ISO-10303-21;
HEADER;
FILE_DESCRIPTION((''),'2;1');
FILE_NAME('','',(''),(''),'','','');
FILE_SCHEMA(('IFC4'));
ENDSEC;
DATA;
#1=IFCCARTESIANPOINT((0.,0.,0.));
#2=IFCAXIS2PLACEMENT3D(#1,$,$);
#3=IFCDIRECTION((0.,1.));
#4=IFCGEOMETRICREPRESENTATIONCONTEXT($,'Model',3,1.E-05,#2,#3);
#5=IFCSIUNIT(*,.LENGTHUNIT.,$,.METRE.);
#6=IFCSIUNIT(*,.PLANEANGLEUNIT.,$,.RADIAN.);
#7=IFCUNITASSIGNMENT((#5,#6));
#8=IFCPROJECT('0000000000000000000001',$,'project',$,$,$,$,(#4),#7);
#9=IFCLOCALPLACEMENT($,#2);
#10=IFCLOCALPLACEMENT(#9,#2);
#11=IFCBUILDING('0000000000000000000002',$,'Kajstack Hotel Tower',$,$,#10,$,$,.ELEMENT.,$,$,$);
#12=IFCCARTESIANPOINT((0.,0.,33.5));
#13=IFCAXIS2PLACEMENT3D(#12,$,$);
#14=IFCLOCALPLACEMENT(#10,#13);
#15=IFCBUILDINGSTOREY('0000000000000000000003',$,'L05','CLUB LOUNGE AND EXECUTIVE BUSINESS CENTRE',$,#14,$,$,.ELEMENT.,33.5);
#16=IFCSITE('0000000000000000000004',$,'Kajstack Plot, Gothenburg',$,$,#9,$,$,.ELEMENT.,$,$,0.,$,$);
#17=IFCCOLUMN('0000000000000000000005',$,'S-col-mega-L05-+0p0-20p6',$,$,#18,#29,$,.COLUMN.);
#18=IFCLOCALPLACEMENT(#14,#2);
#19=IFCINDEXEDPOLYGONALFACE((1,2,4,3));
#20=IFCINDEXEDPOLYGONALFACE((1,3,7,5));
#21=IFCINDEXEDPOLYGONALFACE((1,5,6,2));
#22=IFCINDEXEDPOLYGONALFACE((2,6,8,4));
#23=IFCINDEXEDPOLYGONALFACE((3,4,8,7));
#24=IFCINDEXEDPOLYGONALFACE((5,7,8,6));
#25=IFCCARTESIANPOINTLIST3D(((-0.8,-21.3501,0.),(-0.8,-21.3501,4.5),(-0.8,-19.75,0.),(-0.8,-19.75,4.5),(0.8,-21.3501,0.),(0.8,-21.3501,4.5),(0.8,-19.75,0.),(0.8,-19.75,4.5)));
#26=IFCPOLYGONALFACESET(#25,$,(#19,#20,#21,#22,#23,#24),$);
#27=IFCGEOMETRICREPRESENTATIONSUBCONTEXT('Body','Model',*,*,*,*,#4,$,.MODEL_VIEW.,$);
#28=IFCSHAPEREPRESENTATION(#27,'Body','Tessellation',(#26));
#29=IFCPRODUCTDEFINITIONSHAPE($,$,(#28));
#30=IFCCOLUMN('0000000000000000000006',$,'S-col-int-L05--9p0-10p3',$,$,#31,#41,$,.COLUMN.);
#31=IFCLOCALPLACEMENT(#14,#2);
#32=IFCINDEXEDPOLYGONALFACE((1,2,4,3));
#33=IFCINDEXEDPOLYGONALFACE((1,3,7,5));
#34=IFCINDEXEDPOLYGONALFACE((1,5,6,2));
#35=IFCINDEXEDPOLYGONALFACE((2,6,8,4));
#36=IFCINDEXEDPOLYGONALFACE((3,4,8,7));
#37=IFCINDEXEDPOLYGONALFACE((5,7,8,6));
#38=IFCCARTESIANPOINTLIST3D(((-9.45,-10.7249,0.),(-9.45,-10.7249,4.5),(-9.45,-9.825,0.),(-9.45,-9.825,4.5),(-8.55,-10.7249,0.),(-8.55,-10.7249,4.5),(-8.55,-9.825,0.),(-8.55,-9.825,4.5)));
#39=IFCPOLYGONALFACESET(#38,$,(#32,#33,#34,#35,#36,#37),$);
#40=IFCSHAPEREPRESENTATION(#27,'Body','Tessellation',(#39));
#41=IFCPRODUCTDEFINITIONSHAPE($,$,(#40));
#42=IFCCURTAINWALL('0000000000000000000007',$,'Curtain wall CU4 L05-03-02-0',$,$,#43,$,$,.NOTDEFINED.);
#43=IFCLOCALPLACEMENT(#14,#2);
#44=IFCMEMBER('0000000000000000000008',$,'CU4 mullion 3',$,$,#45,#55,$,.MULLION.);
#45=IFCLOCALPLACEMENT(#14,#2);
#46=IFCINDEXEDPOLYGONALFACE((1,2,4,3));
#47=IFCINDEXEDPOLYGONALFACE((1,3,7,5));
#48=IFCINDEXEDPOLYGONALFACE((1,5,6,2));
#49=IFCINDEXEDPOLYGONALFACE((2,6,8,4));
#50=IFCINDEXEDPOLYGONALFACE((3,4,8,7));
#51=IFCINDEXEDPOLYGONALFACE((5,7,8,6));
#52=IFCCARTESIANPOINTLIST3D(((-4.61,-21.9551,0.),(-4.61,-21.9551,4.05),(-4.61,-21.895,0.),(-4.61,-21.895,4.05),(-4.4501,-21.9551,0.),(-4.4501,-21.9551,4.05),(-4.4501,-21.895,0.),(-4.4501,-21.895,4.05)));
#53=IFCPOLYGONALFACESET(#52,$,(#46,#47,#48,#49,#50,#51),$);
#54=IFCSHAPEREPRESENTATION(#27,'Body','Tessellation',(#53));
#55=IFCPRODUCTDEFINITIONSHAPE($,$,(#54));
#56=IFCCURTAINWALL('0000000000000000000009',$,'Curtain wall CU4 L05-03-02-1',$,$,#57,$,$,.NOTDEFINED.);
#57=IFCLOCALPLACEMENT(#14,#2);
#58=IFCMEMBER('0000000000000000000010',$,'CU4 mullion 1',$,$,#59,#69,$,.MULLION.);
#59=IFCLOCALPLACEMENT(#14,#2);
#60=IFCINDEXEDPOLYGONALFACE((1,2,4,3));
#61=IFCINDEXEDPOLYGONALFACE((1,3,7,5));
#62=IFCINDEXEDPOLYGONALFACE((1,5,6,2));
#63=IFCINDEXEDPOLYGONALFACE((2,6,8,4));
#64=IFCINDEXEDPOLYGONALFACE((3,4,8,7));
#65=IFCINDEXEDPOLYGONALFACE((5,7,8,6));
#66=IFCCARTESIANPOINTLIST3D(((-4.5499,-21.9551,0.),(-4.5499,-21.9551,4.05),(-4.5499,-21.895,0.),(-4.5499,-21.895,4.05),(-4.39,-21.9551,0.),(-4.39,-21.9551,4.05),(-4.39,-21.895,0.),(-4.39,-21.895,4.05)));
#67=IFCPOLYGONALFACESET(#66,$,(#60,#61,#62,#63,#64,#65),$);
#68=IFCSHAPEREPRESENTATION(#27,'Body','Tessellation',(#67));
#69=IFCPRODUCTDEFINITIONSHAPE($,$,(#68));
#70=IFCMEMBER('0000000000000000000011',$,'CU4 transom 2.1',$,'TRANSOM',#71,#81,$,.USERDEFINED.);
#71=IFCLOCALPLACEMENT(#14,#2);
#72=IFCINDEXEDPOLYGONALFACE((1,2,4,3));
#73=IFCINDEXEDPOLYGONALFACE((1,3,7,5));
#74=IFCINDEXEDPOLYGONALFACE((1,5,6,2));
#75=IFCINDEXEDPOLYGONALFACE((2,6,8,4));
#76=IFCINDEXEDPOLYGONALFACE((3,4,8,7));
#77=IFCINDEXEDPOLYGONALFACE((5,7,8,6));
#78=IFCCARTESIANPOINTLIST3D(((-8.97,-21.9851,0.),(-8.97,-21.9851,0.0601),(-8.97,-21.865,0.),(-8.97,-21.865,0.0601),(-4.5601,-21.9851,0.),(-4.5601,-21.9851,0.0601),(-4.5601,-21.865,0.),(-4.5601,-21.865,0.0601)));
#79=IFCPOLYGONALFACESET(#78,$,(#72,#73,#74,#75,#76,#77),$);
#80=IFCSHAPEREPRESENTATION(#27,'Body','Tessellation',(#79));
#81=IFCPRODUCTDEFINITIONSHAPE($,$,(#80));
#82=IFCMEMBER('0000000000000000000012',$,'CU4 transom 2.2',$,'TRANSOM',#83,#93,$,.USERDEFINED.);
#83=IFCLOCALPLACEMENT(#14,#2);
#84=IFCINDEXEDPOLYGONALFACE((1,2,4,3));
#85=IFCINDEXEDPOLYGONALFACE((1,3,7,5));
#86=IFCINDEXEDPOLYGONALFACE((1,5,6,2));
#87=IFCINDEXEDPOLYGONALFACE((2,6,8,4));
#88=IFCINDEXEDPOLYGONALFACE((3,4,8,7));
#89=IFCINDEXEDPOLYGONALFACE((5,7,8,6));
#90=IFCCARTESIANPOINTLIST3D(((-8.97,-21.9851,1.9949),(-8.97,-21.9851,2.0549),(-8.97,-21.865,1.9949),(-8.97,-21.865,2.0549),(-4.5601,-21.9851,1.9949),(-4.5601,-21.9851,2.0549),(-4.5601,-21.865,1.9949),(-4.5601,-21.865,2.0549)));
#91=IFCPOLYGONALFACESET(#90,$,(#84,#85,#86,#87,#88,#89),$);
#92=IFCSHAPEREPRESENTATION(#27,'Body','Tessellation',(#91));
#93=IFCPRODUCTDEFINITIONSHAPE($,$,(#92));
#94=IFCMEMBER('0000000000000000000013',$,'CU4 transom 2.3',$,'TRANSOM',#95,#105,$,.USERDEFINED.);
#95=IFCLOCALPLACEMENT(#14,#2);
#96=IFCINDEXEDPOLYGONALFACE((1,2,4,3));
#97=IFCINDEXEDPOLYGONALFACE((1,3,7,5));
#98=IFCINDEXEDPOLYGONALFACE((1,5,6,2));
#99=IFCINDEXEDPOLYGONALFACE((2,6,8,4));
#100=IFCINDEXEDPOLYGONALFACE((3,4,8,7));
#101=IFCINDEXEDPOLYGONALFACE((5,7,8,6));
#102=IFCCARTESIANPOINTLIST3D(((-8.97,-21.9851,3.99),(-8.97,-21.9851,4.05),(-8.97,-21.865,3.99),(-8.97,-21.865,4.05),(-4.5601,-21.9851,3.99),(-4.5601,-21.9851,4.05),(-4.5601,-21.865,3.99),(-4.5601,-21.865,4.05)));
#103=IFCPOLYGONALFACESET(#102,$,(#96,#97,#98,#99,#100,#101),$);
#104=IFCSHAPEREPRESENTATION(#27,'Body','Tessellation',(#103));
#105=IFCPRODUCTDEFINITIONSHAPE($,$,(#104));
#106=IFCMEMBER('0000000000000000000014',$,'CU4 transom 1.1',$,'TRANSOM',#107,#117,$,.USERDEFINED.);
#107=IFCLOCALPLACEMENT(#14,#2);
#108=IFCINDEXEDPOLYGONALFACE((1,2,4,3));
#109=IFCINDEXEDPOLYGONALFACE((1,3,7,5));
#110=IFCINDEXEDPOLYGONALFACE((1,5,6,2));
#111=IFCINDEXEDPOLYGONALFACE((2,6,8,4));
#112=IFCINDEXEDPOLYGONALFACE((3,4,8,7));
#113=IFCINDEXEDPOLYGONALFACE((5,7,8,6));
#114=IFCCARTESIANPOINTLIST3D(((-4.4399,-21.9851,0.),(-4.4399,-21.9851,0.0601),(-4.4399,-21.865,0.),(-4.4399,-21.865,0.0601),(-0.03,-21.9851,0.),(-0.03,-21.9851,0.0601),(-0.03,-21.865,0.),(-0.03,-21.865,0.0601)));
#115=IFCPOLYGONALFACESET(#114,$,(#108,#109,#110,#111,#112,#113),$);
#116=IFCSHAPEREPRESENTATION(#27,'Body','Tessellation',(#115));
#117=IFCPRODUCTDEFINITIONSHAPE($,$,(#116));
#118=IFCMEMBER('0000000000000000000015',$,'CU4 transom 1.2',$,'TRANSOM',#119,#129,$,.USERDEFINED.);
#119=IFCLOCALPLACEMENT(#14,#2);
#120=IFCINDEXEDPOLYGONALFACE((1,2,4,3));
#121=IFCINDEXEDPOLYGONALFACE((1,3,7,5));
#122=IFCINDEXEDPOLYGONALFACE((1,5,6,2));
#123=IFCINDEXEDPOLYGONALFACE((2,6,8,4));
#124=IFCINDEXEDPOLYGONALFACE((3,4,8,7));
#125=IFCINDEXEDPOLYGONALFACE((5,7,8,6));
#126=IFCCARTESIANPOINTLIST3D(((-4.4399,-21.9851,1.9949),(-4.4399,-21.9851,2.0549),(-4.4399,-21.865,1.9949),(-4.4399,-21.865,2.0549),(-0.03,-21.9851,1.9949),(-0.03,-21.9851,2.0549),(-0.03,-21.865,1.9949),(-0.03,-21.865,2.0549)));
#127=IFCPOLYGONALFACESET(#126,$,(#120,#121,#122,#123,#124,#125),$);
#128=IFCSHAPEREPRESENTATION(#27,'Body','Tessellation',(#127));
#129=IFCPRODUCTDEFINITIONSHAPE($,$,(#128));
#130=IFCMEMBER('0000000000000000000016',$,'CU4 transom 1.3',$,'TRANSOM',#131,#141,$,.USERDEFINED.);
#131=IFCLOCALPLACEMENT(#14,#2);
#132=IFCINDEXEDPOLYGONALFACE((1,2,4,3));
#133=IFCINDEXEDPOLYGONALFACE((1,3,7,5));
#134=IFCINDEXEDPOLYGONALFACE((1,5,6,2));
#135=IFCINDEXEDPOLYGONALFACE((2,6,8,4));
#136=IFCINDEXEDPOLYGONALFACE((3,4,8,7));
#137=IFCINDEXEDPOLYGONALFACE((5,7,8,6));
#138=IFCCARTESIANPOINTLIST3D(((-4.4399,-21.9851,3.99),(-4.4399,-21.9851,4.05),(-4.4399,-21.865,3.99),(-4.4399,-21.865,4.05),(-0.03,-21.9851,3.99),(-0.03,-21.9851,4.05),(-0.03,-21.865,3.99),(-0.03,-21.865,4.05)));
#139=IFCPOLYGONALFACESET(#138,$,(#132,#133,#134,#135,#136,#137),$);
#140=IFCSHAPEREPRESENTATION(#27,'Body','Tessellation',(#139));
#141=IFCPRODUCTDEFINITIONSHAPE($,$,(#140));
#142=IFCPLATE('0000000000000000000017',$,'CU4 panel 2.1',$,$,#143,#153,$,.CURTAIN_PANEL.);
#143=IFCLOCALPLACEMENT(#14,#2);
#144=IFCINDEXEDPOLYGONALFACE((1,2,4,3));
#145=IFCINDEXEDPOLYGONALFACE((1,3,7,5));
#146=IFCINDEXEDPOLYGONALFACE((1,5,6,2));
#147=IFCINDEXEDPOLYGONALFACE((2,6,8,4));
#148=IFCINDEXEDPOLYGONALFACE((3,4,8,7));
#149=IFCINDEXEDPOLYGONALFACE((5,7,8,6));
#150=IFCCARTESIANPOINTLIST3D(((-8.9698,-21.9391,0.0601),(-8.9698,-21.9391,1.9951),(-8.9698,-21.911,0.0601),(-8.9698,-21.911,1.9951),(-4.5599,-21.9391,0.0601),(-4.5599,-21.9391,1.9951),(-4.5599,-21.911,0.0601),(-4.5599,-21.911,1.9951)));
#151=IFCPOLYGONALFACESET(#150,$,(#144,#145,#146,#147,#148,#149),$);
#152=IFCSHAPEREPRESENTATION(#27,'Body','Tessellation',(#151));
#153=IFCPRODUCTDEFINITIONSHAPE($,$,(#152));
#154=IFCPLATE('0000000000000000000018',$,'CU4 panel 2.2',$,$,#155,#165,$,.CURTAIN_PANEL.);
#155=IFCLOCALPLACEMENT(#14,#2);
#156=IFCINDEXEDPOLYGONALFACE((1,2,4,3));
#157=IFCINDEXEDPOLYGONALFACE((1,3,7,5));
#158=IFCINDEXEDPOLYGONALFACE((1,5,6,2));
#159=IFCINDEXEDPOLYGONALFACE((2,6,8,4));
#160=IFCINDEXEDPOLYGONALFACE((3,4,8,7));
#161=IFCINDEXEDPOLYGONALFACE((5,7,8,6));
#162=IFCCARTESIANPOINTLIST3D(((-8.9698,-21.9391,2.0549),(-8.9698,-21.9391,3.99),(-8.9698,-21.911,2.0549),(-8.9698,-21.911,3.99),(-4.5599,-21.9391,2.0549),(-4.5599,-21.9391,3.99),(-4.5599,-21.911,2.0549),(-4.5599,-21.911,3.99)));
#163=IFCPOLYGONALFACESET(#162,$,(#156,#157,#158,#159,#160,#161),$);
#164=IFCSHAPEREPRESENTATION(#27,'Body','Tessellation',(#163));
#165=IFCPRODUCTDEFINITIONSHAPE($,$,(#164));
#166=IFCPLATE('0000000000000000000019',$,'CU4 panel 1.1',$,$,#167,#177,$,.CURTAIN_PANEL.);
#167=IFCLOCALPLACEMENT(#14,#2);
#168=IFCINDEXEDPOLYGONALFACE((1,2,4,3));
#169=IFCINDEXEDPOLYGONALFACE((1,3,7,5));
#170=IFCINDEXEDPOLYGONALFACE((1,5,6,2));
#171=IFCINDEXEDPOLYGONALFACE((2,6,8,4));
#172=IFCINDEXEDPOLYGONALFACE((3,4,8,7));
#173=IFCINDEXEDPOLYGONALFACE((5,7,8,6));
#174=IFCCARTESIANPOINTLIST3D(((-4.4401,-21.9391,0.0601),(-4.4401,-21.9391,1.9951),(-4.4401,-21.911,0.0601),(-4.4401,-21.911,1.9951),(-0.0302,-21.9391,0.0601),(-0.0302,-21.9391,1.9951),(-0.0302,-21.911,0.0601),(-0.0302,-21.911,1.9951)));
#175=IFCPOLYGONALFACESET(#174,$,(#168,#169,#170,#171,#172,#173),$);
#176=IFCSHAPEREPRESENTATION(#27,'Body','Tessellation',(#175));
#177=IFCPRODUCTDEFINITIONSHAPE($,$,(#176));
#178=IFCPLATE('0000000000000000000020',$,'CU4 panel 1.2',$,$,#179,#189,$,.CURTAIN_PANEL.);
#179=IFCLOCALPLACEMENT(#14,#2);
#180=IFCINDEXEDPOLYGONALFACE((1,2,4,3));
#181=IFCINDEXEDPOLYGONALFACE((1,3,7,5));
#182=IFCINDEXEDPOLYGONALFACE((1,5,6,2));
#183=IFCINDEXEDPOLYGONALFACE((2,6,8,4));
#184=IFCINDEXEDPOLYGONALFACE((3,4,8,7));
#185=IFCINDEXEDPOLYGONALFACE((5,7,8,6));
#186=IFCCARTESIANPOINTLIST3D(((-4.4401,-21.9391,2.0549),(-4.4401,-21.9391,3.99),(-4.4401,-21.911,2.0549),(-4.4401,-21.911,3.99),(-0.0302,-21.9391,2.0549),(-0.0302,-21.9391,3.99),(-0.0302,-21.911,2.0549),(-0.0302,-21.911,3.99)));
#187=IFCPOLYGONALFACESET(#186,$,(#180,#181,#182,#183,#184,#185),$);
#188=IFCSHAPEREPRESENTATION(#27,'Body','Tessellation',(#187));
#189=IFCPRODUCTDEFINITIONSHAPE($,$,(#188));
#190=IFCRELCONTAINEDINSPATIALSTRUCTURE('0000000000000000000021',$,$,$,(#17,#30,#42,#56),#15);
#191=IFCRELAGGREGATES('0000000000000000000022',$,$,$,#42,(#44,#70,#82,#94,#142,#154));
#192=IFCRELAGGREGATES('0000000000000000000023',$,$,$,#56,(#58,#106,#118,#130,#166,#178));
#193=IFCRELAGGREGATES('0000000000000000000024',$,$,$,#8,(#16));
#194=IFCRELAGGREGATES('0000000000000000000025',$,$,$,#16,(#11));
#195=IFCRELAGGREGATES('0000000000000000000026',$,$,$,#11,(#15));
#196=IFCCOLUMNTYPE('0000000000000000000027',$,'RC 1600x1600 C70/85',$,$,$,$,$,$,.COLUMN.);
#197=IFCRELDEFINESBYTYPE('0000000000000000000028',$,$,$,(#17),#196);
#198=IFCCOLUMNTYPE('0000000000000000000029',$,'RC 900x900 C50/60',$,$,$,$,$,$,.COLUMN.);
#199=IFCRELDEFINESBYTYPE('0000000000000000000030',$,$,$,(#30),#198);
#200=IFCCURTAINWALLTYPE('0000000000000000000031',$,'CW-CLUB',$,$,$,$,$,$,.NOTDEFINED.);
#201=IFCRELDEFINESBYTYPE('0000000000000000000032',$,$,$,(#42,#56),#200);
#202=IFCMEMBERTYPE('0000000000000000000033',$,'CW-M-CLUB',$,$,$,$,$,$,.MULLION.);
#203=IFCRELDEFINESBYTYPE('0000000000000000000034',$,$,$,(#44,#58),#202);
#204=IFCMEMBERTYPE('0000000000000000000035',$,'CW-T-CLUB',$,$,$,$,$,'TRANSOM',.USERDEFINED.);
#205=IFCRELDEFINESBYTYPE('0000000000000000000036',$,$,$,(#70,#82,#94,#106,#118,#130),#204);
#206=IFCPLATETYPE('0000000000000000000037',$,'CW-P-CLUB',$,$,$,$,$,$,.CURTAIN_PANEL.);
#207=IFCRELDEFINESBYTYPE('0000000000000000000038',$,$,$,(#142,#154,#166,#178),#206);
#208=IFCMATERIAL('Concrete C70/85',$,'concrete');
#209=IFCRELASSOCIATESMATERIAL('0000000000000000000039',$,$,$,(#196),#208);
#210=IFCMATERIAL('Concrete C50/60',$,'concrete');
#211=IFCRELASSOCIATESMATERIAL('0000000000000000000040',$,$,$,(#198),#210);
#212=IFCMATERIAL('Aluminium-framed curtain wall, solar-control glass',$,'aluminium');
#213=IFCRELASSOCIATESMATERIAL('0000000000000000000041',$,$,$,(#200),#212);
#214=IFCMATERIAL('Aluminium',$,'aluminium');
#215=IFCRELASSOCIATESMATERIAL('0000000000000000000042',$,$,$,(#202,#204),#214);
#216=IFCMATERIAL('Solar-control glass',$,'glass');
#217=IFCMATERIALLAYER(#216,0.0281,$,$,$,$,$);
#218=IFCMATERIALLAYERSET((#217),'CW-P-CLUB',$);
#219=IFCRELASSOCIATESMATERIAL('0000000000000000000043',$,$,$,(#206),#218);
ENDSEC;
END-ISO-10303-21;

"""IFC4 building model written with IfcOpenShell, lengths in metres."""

from ifc_helpers import new_model, si_unit, direction, frame, origin, origin_2d, place, context, subcontext, project, spatial, rectangle, extrude, material, layer, layer_set, material_profile, profile_set, type_object, element, aggregate, save


model = new_model("IFC4")

# Units and contexts
model_context = context("Model", 3, precision=1e-05, world=origin(), true_north=direction((0.0, 1.0)))
body_context = subcontext(model_context, "Body", "Model", "MODEL_VIEW")
ifc_project = project(units=[si_unit("LENGTHUNIT", "METRE"), si_unit("PLANEANGLEUNIT", "RADIAN")], contexts=[model_context])

# Site, building, storey
site_placement = place(None, origin())
site = spatial("IfcSite", under=ifc_project, at=site_placement, Name="Kajstack Plot, Gothenburg", CompositionType="ELEMENT", RefElevation=0.0)
building_placement = place(site_placement, origin())
building = spatial("IfcBuilding", under=site, at=building_placement, Name="Kajstack Hotel Tower", CompositionType="ELEMENT")
storey_placement = place(building_placement, frame((0.0, 0.0, 33.5)))
storey = spatial("IfcBuildingStorey", under=building, at=storey_placement, Name="L05", Description="CLUB LOUNGE AND EXECUTIVE BUSINESS CENTRE", CompositionType="ELEMENT", Elevation=33.5)

# Columns
ifc_material_1 = material(Name="Concrete C70/85", Category="concrete")
ifc_material_profile_1 = material_profile(ifc_material_1, rectangle(XDim=1.6001, YDim=1.6001, at=origin_2d()), Name="RC 1600x1600")
ifc_profile_set_1 = profile_set([ifc_material_profile_1], Name="Concrete C70/85")
column_type_1 = type_object("IfcColumnType", Name="RC 1600x1600 C70/85", PredefinedType="COLUMN", material=ifc_profile_set_1)
column_1_placement = place(storey_placement, frame((0.0, -20.55, 0.0), z_axis=(0.0, 0.0, 1.0), x_axis=(1.0, 0.0, 0.0)))
element("IfcColumn", 1, at=column_1_placement, inside=storey, type_object=column_type_1, Name="S-col-mega-L05-+0p0-20p6", PredefinedType="COLUMN", context=body_context, shape_type="SweptSolid", body=[
    extrude(rectangle(XDim=1.6001, YDim=1.6001, at=origin_2d()), origin(), (0.0, 0.0, 1.0), 4.5),
])
ifc_material_2 = material(Name="Concrete C50/60", Category="concrete")
ifc_material_profile_2 = material_profile(ifc_material_2, rectangle(XDim=0.8999, YDim=0.8999, at=origin_2d()), Name="RC 900x900")
ifc_profile_set_2 = profile_set([ifc_material_profile_2], Name="Concrete C50/60")
column_type_2 = type_object("IfcColumnType", Name="RC 900x900 C50/60", PredefinedType="COLUMN", material=ifc_profile_set_2)
column_2_placement = place(storey_placement, frame((-9.0, -10.2749, 0.0), z_axis=(0.0, 0.0, 1.0), x_axis=(1.0, 0.0, 0.0)))
element("IfcColumn", 2, at=column_2_placement, inside=storey, type_object=column_type_2, Name="S-col-int-L05--9p0-10p3", PredefinedType="COLUMN", context=body_context, shape_type="SweptSolid", body=[
    extrude(rectangle(XDim=0.8999, YDim=0.8999, at=origin_2d()), origin(), (0.0, 0.0, 1.0), 4.5),
])

# Curtain walls, members
ifc_material_3 = material(Name="Aluminium-framed curtain wall, solar-control glass", Category="aluminium")
curtain_wall_type = type_object("IfcCurtainWallType", Name="CW-CLUB", PredefinedType="NOTDEFINED", material=ifc_material_3)
curtain_wall_1_placement = place(storey_placement, origin())
curtain_wall_1 = element("IfcCurtainWall", 3, at=curtain_wall_1_placement, inside=storey, type_object=curtain_wall_type, Name="Curtain wall CU4 L05-03-02-0", PredefinedType="NOTDEFINED")
ifc_material_4 = material(Name="Aluminium", Category="aluminium")
ifc_material_profile_3 = material_profile(ifc_material_4, rectangle(XDim=0.0601, YDim=0.1599, at=origin_2d()), Name="Aluminium mullion 60 x 160")
ifc_profile_set_3 = profile_set([ifc_material_profile_3], Name="Aluminium")
member_type_1 = type_object("IfcMemberType", Name="CW-M-CLUB", PredefinedType="MULLION", material=ifc_profile_set_3)
member_1_placement = place(storey_placement, frame((-4.53, -21.925, 0.0), z_axis=(0.0, 0.0, 1.0), x_axis=(0.0, 1.0, 0.0)))
member_1 = element("IfcMember", 4, at=member_1_placement, type_object=member_type_1, Name="CU4 mullion 3", PredefinedType="MULLION", context=body_context, shape_type="SweptSolid", body=[
    extrude(rectangle(XDim=0.0601, YDim=0.1599, at=origin_2d()), origin(), (0.0, 0.0, 1.0), 4.05),
])
curtain_wall_2_placement = place(storey_placement, origin())
curtain_wall_2 = element("IfcCurtainWall", 5, at=curtain_wall_2_placement, inside=storey, type_object=curtain_wall_type, Name="Curtain wall CU4 L05-03-02-1", PredefinedType="NOTDEFINED")
member_2_placement = place(storey_placement, frame((-4.47, -21.925, 0.0), z_axis=(0.0, 0.0, 1.0), x_axis=(0.0, 1.0, 0.0)))
member_2 = element("IfcMember", 6, at=member_2_placement, type_object=member_type_1, Name="CU4 mullion 1", PredefinedType="MULLION", context=body_context, shape_type="SweptSolid", body=[
    extrude(rectangle(XDim=0.0601, YDim=0.1599, at=origin_2d()), origin(), (0.0, 0.0, 1.0), 4.05),
])

# Members
ifc_material_profile_4 = material_profile(ifc_material_4, rectangle(XDim=0.1201, YDim=0.0601, at=origin_2d()), Name="Aluminium transom 120 x 60")
ifc_profile_set_4 = profile_set([ifc_material_profile_4], Name="Aluminium")
member_type_2 = type_object("IfcMemberType", Name="CW-T-CLUB", ElementType="TRANSOM", PredefinedType="USERDEFINED", material=ifc_profile_set_4)
member_3_placement = place(storey_placement, frame((-8.97, -21.925, 0.03), z_axis=(1.0, 0.0, 0.0), x_axis=(0.0, 1.0, 0.0)))
member_3 = element("IfcMember", 7, at=member_3_placement, type_object=member_type_2, Name="CU4 transom 2.1", ObjectType="TRANSOM", PredefinedType="USERDEFINED", context=body_context, shape_type="SweptSolid", body=[
    extrude(rectangle(XDim=0.1201, YDim=0.0601, at=origin_2d()), origin(), (0.0, 0.0, 1.0), 4.4099),
])
member_4_placement = place(storey_placement, frame((-8.97, -21.925, 2.0249), z_axis=(1.0, 0.0, 0.0), x_axis=(0.0, 1.0, 0.0)))
member_4 = element("IfcMember", 8, at=member_4_placement, type_object=member_type_2, Name="CU4 transom 2.2", ObjectType="TRANSOM", PredefinedType="USERDEFINED", context=body_context, shape_type="SweptSolid", body=[
    extrude(rectangle(XDim=0.1201, YDim=0.0601, at=origin_2d()), origin(), (0.0, 0.0, 1.0), 4.4099),
])
member_5_placement = place(storey_placement, frame((-8.97, -21.925, 4.02), z_axis=(1.0, 0.0, 0.0), x_axis=(0.0, 1.0, 0.0)))
member_5 = element("IfcMember", 9, at=member_5_placement, type_object=member_type_2, Name="CU4 transom 2.3", ObjectType="TRANSOM", PredefinedType="USERDEFINED", context=body_context, shape_type="SweptSolid", body=[
    extrude(rectangle(XDim=0.1201, YDim=0.0601, at=origin_2d()), origin(), (0.0, 0.0, 1.0), 4.4099),
])
member_6_placement = place(storey_placement, frame((-4.4399, -21.925, 0.03), z_axis=(1.0, 0.0, 0.0), x_axis=(0.0, 1.0, 0.0)))
member_6 = element("IfcMember", 10, at=member_6_placement, type_object=member_type_2, Name="CU4 transom 1.1", ObjectType="TRANSOM", PredefinedType="USERDEFINED", context=body_context, shape_type="SweptSolid", body=[
    extrude(rectangle(XDim=0.1201, YDim=0.0601, at=origin_2d()), origin(), (0.0, 0.0, 1.0), 4.4099),
])
member_7_placement = place(storey_placement, frame((-4.4399, -21.925, 2.0249), z_axis=(1.0, 0.0, 0.0), x_axis=(0.0, 1.0, 0.0)))
member_7 = element("IfcMember", 11, at=member_7_placement, type_object=member_type_2, Name="CU4 transom 1.2", ObjectType="TRANSOM", PredefinedType="USERDEFINED", context=body_context, shape_type="SweptSolid", body=[
    extrude(rectangle(XDim=0.1201, YDim=0.0601, at=origin_2d()), origin(), (0.0, 0.0, 1.0), 4.4099),
])
member_8_placement = place(storey_placement, frame((-4.4399, -21.925, 4.02), z_axis=(1.0, 0.0, 0.0), x_axis=(0.0, 1.0, 0.0)))
member_8 = element("IfcMember", 12, at=member_8_placement, type_object=member_type_2, Name="CU4 transom 1.3", ObjectType="TRANSOM", PredefinedType="USERDEFINED", context=body_context, shape_type="SweptSolid", body=[
    extrude(rectangle(XDim=0.1201, YDim=0.0601, at=origin_2d()), origin(), (0.0, 0.0, 1.0), 4.4099),
])

# Plates
ifc_material_5 = material(Name="Solar-control glass", Category="glass")
ifc_layer_1 = layer(ifc_material_5, 0.0281)
ifc_layer_set_1 = layer_set([ifc_layer_1], Name="CW-P-CLUB")
plate_type = type_object("IfcPlateType", Name="CW-P-CLUB", PredefinedType="CURTAIN_PANEL", material=ifc_layer_set_1)
plate_1_placement = place(storey_placement, frame((-6.7649, -21.925, 0.0601), z_axis=(0.0, 0.0, 1.0), x_axis=(1.0, 0.0, 0.0)))
plate_1 = element("IfcPlate", 13, at=plate_1_placement, type_object=plate_type, Name="CU4 panel 2.1", PredefinedType="CURTAIN_PANEL", context=body_context, shape_type="SweptSolid", body=[
    extrude(rectangle(XDim=4.4099, YDim=0.0281, at=origin_2d()), origin(), (0.0, 0.0, 1.0), 1.9351),
])
plate_2_placement = place(storey_placement, frame((-6.7649, -21.925, 2.0549), z_axis=(0.0, 0.0, 1.0), x_axis=(1.0, 0.0, 0.0)))
plate_2 = element("IfcPlate", 14, at=plate_2_placement, type_object=plate_type, Name="CU4 panel 2.2", PredefinedType="CURTAIN_PANEL", context=body_context, shape_type="SweptSolid", body=[
    extrude(rectangle(XDim=4.4099, YDim=0.0281, at=origin_2d()), origin(), (0.0, 0.0, 1.0), 1.9351),
])
aggregate(curtain_wall_1, [member_1, member_3, member_4, member_5, plate_1, plate_2])
plate_3_placement = place(storey_placement, frame((-2.2351, -21.925, 0.0601), z_axis=(0.0, 0.0, 1.0), x_axis=(1.0, 0.0, 0.0)))
plate_3 = element("IfcPlate", 15, at=plate_3_placement, type_object=plate_type, Name="CU4 panel 1.1", PredefinedType="CURTAIN_PANEL", context=body_context, shape_type="SweptSolid", body=[
    extrude(rectangle(XDim=4.4099, YDim=0.0281, at=origin_2d()), origin(), (0.0, 0.0, 1.0), 1.9351),
])
plate_4_placement = place(storey_placement, frame((-2.2351, -21.925, 2.0549), z_axis=(0.0, 0.0, 1.0), x_axis=(1.0, 0.0, 0.0)))
plate_4 = element("IfcPlate", 16, at=plate_4_placement, type_object=plate_type, Name="CU4 panel 1.2", PredefinedType="CURTAIN_PANEL", context=body_context, shape_type="SweptSolid", body=[
    extrude(rectangle(XDim=4.4099, YDim=0.0281, at=origin_2d()), origin(), (0.0, 0.0, 1.0), 1.9351),
])
aggregate(curtain_wall_2, [member_2, member_6, member_7, member_8, plate_3, plate_4])

save(model, "model.ifc")
